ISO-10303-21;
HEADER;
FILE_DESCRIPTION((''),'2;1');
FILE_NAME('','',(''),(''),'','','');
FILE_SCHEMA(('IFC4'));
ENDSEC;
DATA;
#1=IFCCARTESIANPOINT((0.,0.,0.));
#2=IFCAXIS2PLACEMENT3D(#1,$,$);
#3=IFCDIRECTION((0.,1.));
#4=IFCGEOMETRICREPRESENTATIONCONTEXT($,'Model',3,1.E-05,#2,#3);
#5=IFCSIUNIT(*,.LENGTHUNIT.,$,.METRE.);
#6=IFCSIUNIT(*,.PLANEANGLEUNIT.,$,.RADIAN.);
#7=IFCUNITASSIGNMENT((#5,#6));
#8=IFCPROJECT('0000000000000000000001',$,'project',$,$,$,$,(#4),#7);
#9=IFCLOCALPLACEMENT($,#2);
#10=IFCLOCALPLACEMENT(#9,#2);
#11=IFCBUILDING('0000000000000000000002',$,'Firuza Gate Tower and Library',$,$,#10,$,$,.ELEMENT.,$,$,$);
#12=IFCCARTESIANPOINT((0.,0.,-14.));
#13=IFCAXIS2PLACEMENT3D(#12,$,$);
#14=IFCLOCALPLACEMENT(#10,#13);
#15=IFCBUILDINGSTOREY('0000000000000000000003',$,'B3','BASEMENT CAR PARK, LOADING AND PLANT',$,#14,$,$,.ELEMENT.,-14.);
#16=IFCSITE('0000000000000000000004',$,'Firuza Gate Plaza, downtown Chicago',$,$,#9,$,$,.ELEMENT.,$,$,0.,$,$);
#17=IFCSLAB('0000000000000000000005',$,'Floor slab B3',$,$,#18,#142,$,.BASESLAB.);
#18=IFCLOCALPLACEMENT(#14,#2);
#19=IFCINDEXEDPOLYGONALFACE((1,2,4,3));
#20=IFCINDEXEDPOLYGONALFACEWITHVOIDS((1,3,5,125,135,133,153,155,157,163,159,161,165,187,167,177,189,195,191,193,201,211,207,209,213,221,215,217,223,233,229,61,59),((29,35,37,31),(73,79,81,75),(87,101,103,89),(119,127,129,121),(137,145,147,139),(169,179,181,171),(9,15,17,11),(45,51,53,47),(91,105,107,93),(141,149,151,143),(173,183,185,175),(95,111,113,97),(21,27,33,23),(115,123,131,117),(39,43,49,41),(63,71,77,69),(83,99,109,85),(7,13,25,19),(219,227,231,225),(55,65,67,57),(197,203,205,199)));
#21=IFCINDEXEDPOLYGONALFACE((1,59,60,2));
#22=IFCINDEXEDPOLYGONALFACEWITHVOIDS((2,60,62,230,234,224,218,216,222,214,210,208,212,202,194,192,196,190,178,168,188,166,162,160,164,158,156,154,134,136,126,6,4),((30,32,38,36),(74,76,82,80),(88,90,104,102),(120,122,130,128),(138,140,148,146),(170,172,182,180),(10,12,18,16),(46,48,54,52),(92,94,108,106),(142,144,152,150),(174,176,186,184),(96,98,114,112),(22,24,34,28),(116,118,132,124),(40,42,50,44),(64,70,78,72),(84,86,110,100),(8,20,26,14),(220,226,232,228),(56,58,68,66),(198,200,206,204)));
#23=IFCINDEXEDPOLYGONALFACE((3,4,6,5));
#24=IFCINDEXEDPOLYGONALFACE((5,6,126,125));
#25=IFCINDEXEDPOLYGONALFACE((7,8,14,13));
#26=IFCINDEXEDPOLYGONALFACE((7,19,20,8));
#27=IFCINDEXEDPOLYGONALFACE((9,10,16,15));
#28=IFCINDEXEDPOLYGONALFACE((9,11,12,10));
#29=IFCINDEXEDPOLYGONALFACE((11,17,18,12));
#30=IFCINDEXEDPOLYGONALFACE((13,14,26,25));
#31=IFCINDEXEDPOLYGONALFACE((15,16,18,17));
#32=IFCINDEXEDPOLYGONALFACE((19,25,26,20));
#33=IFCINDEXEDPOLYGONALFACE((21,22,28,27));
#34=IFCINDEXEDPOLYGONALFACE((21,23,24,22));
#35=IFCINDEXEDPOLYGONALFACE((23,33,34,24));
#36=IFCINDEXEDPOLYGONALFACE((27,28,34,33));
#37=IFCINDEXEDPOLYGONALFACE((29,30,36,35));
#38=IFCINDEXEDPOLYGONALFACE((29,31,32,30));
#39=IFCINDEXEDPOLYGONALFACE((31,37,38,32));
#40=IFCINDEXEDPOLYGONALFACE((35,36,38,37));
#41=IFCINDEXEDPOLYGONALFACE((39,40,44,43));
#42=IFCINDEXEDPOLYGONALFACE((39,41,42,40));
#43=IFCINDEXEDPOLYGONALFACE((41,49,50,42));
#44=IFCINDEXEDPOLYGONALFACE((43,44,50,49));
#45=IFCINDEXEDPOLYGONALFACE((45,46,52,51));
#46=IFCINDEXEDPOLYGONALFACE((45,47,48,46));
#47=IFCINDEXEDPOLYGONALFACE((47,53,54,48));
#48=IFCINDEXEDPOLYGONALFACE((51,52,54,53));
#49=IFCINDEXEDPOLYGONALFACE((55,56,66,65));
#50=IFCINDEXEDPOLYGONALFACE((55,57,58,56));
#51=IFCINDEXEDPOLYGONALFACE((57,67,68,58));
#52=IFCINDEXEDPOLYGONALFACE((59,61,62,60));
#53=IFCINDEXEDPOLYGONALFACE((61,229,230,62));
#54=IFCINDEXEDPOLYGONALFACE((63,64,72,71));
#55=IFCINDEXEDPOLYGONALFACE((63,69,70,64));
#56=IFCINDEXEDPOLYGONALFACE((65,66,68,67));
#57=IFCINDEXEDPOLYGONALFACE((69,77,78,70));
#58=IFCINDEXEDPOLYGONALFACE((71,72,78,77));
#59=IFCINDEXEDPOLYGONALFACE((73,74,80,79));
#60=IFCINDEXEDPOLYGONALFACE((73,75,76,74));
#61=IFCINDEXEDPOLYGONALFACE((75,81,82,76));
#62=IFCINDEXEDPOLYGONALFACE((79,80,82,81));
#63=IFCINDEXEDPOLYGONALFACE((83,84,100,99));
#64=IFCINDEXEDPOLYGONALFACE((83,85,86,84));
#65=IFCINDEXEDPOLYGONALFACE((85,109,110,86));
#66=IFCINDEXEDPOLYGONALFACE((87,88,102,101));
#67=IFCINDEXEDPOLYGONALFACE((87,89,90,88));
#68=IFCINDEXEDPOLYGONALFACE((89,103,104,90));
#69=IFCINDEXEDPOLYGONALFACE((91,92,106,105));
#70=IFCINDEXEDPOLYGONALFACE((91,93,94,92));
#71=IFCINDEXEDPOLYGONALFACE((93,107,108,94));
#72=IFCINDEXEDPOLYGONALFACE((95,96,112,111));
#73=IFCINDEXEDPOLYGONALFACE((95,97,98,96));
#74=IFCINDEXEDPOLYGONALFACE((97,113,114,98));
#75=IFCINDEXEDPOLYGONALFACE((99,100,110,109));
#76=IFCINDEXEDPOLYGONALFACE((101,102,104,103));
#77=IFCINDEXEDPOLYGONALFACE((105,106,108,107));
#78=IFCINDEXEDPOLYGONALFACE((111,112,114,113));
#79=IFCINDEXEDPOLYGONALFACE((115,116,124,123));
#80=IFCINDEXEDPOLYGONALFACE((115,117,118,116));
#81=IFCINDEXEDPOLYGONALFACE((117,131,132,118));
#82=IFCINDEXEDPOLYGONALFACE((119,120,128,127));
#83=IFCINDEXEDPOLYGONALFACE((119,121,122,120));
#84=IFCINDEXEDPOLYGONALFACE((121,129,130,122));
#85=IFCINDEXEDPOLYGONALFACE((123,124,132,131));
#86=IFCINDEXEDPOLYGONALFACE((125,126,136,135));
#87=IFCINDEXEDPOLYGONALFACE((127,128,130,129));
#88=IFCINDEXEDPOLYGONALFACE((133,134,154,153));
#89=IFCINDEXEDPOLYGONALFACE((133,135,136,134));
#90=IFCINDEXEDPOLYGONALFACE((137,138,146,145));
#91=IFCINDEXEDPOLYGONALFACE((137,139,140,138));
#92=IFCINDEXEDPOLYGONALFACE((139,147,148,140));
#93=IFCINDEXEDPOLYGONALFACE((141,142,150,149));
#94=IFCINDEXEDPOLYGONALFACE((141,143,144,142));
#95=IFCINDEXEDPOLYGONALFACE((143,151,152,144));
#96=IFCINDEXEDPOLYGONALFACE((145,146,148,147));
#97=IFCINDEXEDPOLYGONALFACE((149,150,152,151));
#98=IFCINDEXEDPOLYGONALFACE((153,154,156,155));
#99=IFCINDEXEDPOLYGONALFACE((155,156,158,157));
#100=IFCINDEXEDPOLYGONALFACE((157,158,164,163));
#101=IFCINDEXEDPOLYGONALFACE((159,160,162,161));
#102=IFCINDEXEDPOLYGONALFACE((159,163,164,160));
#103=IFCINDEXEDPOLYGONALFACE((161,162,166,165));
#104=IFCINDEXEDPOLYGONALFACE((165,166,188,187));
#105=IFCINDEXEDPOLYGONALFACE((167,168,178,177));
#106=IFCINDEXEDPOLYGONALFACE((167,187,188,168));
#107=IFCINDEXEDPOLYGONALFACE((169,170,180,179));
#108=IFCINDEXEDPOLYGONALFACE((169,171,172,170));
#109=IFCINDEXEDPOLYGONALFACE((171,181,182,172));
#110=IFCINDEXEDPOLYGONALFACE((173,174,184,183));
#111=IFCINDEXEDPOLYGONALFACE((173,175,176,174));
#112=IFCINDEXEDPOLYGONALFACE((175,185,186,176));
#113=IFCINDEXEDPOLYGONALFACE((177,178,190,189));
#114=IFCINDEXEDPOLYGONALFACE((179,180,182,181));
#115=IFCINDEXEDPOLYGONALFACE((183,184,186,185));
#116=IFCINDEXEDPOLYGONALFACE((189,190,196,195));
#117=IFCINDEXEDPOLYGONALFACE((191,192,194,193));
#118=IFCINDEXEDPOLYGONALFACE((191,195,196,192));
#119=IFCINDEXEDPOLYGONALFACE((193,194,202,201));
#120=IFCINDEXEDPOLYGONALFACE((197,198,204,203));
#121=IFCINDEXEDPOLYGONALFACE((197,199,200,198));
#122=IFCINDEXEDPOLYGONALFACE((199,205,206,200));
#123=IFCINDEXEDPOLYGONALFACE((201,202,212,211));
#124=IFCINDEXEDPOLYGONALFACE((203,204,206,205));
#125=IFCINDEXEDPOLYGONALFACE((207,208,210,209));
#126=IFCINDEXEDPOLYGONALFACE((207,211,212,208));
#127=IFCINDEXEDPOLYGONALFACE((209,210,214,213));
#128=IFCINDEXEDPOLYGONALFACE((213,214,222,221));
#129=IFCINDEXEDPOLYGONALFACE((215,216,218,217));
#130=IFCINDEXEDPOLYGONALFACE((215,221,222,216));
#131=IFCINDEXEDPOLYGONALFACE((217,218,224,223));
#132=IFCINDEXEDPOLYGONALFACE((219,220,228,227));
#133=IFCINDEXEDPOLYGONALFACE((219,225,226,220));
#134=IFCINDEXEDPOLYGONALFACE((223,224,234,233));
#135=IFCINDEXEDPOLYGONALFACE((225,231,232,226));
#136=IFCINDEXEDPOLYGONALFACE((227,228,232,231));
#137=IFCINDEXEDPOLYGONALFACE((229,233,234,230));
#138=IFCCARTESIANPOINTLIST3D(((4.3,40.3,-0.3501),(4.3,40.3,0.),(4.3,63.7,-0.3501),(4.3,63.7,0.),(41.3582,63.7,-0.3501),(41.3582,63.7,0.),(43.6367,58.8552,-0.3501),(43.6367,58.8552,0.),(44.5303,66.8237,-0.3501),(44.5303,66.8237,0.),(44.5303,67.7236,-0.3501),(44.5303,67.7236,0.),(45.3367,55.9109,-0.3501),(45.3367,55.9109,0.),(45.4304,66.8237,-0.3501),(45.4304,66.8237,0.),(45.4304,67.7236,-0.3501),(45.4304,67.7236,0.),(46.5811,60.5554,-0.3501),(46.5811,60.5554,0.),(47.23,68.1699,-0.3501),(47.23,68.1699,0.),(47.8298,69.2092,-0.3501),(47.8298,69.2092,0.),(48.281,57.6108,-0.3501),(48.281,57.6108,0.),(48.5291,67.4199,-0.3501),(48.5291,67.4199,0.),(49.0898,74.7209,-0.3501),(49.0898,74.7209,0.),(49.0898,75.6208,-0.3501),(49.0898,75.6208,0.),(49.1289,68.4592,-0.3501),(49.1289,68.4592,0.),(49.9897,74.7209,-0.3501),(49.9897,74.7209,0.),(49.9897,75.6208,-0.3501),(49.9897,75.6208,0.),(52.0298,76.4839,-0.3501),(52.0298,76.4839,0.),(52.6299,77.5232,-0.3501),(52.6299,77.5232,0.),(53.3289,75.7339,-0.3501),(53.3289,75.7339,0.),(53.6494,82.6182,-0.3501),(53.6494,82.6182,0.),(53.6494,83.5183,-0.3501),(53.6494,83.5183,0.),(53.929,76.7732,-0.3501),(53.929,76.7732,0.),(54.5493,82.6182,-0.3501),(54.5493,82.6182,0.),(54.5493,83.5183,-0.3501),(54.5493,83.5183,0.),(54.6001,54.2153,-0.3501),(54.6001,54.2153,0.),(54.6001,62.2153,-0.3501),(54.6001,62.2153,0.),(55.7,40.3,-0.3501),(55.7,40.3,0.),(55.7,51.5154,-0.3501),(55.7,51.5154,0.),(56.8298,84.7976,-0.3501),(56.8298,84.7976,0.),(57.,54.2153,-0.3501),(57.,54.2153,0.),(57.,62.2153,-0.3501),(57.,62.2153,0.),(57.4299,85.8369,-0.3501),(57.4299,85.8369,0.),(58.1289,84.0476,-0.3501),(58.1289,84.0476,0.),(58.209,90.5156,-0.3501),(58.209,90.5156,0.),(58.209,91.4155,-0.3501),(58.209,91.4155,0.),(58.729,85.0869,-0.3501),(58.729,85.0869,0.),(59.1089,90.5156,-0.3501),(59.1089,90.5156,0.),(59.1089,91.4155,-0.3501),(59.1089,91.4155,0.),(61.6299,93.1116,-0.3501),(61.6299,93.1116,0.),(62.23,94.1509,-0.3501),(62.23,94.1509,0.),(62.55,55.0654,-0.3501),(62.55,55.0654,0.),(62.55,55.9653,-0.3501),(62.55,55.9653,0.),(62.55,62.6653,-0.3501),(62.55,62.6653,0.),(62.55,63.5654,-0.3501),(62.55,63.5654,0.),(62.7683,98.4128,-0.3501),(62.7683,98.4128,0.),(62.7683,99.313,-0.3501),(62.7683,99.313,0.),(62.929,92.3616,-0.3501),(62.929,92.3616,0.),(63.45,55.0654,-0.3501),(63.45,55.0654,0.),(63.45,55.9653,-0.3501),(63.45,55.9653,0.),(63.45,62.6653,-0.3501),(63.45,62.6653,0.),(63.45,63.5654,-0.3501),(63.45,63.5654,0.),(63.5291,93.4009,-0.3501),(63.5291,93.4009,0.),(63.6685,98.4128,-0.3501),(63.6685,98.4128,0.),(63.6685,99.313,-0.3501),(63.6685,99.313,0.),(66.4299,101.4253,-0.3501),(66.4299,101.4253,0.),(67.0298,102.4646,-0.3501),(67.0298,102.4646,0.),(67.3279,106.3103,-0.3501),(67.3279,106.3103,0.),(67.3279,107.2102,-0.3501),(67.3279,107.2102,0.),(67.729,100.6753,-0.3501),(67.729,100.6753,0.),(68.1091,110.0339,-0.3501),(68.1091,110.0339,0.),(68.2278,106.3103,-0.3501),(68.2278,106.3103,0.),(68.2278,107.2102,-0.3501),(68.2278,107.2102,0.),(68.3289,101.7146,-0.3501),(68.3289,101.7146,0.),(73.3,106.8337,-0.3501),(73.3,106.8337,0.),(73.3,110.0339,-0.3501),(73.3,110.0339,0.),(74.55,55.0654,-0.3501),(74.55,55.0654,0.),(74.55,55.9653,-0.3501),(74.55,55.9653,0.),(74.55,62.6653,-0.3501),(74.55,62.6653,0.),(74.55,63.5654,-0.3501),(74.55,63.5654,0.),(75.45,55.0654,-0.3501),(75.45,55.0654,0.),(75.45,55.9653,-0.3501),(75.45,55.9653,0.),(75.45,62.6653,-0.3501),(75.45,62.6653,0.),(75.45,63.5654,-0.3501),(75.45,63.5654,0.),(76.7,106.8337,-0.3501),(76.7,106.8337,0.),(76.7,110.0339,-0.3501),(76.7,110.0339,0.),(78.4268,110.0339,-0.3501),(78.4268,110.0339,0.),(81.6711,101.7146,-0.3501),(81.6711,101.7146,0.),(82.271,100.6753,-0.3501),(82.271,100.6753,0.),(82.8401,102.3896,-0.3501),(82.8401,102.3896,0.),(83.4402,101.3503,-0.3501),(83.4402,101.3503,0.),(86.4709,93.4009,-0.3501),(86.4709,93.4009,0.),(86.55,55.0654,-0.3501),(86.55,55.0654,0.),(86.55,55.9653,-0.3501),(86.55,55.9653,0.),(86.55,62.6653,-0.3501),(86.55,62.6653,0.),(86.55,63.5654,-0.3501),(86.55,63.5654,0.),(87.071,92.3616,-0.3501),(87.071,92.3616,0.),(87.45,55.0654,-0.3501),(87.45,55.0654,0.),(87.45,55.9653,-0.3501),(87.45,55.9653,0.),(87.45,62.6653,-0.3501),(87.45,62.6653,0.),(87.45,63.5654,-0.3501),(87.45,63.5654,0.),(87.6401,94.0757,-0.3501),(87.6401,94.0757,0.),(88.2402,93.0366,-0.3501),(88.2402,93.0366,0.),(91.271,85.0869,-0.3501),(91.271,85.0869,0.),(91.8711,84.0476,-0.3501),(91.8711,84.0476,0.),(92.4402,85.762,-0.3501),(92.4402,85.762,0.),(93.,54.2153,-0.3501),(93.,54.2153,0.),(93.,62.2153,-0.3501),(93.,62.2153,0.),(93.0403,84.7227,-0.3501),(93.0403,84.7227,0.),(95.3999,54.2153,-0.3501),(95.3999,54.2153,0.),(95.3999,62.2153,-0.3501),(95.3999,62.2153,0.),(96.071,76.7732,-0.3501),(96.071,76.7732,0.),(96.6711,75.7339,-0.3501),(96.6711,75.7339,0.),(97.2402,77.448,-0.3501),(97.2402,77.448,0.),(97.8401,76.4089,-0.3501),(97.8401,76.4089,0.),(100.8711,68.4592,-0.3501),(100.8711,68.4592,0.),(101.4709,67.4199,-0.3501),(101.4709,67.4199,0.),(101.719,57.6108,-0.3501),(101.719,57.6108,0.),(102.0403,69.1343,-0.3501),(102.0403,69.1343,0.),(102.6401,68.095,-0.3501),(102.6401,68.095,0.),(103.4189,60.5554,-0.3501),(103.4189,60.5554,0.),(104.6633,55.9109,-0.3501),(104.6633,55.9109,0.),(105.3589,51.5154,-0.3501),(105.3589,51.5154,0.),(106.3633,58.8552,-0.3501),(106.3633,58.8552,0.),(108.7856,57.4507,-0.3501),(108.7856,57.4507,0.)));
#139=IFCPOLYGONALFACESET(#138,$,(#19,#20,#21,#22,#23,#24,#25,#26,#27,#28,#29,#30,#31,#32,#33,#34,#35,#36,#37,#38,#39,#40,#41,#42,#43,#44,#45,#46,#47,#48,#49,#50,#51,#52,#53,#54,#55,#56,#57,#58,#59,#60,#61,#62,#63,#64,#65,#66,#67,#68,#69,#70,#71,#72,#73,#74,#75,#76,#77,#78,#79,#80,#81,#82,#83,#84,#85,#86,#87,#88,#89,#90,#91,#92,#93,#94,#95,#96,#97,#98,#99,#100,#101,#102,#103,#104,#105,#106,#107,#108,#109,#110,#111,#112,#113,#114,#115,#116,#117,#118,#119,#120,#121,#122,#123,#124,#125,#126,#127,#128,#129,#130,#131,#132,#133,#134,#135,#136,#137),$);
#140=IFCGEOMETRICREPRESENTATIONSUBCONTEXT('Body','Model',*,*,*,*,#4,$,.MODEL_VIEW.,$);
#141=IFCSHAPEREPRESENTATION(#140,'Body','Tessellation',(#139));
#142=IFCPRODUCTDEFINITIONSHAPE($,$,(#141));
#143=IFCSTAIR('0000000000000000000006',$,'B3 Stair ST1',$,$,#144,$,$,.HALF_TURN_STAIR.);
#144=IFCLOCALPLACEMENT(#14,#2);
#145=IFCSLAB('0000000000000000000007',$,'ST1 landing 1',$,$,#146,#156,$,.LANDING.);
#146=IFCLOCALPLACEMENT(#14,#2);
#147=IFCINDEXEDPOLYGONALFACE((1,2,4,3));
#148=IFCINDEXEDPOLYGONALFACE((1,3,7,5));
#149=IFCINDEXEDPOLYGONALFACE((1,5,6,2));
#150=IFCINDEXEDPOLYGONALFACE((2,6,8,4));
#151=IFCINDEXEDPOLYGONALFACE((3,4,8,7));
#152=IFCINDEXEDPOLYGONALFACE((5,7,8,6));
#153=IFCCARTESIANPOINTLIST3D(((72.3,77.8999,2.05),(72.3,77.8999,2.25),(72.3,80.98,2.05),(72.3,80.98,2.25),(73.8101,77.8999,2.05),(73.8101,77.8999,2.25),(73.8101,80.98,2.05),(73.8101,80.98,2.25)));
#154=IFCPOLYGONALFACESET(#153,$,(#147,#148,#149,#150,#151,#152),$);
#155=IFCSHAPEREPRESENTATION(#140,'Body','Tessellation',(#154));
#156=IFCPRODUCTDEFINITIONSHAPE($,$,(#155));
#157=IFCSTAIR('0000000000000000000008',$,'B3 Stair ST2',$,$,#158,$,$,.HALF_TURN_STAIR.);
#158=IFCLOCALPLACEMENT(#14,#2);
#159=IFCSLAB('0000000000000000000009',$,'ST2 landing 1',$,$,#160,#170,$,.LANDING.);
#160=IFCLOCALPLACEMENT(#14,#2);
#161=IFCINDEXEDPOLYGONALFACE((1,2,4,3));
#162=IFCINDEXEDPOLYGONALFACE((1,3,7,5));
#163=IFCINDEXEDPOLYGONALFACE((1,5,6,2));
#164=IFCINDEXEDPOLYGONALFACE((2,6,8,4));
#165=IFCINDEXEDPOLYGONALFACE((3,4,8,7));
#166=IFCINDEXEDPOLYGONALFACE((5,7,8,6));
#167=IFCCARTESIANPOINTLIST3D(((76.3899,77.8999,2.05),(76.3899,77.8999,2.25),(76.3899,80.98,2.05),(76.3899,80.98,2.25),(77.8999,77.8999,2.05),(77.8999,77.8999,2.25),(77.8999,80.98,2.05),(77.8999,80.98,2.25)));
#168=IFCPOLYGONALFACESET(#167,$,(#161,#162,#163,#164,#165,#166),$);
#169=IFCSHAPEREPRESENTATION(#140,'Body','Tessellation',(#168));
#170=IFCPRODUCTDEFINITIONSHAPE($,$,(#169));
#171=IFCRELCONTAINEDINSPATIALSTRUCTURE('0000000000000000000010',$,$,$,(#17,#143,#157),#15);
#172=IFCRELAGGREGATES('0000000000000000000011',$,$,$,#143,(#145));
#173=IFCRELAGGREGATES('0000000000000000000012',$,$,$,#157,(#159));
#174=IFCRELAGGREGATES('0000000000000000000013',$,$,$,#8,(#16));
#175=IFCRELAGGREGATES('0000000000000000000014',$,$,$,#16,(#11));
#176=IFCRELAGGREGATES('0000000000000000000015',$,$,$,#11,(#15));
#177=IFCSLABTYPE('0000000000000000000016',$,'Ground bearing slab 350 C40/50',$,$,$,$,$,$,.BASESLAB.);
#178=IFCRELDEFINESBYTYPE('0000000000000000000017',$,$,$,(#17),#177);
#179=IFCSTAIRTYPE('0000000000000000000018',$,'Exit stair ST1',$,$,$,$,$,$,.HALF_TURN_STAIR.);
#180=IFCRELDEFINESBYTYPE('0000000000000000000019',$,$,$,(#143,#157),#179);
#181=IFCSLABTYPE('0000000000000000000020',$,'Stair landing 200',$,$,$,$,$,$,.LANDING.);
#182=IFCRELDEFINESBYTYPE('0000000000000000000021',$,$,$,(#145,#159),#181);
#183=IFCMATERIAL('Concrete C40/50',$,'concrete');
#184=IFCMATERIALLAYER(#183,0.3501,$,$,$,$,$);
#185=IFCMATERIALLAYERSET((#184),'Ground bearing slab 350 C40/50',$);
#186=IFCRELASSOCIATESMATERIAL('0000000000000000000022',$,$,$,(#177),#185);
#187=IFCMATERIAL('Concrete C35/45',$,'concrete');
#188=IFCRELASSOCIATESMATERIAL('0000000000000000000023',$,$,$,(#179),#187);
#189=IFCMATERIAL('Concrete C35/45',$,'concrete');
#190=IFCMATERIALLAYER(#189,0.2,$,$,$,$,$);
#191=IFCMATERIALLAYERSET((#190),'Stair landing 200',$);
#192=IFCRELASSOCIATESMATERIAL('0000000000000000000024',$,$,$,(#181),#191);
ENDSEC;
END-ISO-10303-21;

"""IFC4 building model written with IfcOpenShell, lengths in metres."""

from ifc_helpers import new_model, si_unit, direction, frame, origin, place, context, subcontext, project, spatial, polyline, outline, extrude, material, layer, layer_set, type_object, element, aggregate, save


model = new_model("IFC4")

# Units and contexts
model_context = context("Model", 3, precision=1e-05, world=origin(), true_north=direction((0.0, 1.0)))
body_context = subcontext(model_context, "Body", "Model", "MODEL_VIEW")
ifc_project = project(units=[si_unit("LENGTHUNIT", "METRE"), si_unit("PLANEANGLEUNIT", "RADIAN")], contexts=[model_context])

# Site, building, storey
site_placement = place(None, origin())
site = spatial("IfcSite", under=ifc_project, at=site_placement, Name="Firuza Gate Plaza, downtown Chicago", CompositionType="ELEMENT", RefElevation=0.0)
building_placement = place(site_placement, origin())
building = spatial("IfcBuilding", under=site, at=building_placement, Name="Firuza Gate Tower and Library", CompositionType="ELEMENT")
storey_placement = place(building_placement, frame((0.0, 0.0, -14.0)))
storey = spatial("IfcBuildingStorey", under=building, at=storey_placement, Name="B3", Description="BASEMENT CAR PARK, LOADING AND PLANT", CompositionType="ELEMENT", Elevation=-14.0)

# Slab
ifc_material_1 = material(Name="Concrete C40/50", Category="concrete")
ifc_layer_1 = layer(ifc_material_1, 0.3501)
ifc_layer_set_1 = layer_set([ifc_layer_1], Name="Ground bearing slab 350 C40/50")
slab_type_1 = type_object("IfcSlabType", Name="Ground bearing slab 350 C40/50", PredefinedType="BASESLAB", material=ifc_layer_set_1)
slab_1_placement = place(storey_placement, frame((0.0, 0.0, -0.3501)))
element("IfcSlab", 1, at=slab_1_placement, inside=storey, type_object=slab_type_1, Name="Floor slab B3", PredefinedType="BASESLAB", context=body_context, shape_type="SweptSolid", body=[
    extrude(outline(polyline([(55.7, 40.3), (55.7, 51.5154), (105.3589, 51.5154), (108.7856, 57.4507), (102.6401, 68.095), (101.4709, 67.4199), (100.8711, 68.4592), (102.0403, 69.1343), (97.8401, 76.4089), (96.6711, 75.7339), (96.071, 76.7732), (97.2402, 77.448), (93.0403, 84.7227), (91.8711, 84.0476), (91.271, 85.0869), (92.4402, 85.762), (88.2402, 93.0366), (87.071, 92.3616), (86.4709, 93.4009), (87.6401, 94.0757), (83.4402, 101.3503), (82.271, 100.6753), (81.6711, 101.7146), (82.8401, 102.3896), (78.4268, 110.0339), (76.7, 110.0339), (76.7, 106.8337), (73.3, 106.8337), (73.3, 110.0339), (68.1091, 110.0339), (41.3582, 63.7), (4.3, 63.7), (4.3, 40.3), (55.7, 40.3)]), holes=[polyline([(63.45, 55.0654), (62.55, 55.0654), (62.55, 55.9653), (63.45, 55.9653), (63.45, 55.0654)]), polyline([(54.6001, 62.2153), (57.0, 62.2153), (57.0, 54.2153), (54.6001, 54.2153), (54.6001, 62.2153)]), polyline([(43.6367, 58.8552), (46.5811, 60.5554), (48.281, 57.6108), (45.3367, 55.9109), (43.6367, 58.8552)]), polyline([(63.45, 62.6653), (62.55, 62.6653), (62.55, 63.5654), (63.45, 63.5654), (63.45, 62.6653)]), polyline([(44.5303, 66.8237), (44.5303, 67.7236), (45.4304, 67.7236), (45.4304, 66.8237), (44.5303, 66.8237)]), polyline([(47.8298, 69.2092), (49.1289, 68.4592), (48.5291, 67.4199), (47.23, 68.1699), (47.8298, 69.2092)]), polyline([(49.9897, 74.7209), (49.0898, 74.7209), (49.0898, 75.6208), (49.9897, 75.6208), (49.9897, 74.7209)]), polyline([(52.6299, 77.5232), (53.929, 76.7732), (53.3289, 75.7339), (52.0298, 76.4839), (52.6299, 77.5232)]), polyline([(53.6494, 82.6182), (53.6494, 83.5183), (54.5493, 83.5183), (54.5493, 82.6182), (53.6494, 82.6182)]), polyline([(57.4299, 85.8369), (58.729, 85.0869), (58.1289, 84.0476), (56.8298, 84.7976), (57.4299, 85.8369)]), polyline([(58.209, 90.5156), (58.209, 91.4155), (59.1089, 91.4155), (59.1089, 90.5156), (58.209, 90.5156)]), polyline([(62.23, 94.1509), (63.5291, 93.4009), (62.929, 92.3616), (61.6299, 93.1116), (62.23, 94.1509)]), polyline([(62.7683, 98.4128), (62.7683, 99.313), (63.6685, 99.313), (63.6685, 98.4128), (62.7683, 98.4128)]), polyline([(66.4299, 101.4253), (67.0298, 102.4646), (68.3289, 101.7146), (67.729, 100.6753), (66.4299, 101.4253)]), polyline([(74.55, 55.0654), (74.55, 55.9653), (75.45, 55.9653), (75.45, 55.0654), (74.55, 55.0654)]), polyline([(86.55, 55.0654), (86.55, 55.9653), (87.45, 55.9653), (87.45, 55.0654), (86.55, 55.0654)]), polyline([(93.0, 62.2153), (95.3999, 62.2153), (95.3999, 54.2153), (93.0, 54.2153), (93.0, 62.2153)]), polyline([(104.6633, 55.9109), (101.719, 57.6108), (103.4189, 60.5554), (106.3633, 58.8552), (104.6633, 55.9109)]), polyline([(74.55, 62.6653), (74.55, 63.5654), (75.45, 63.5654), (75.45, 62.6653), (74.55, 62.6653)]), polyline([(86.55, 62.6653), (86.55, 63.5654), (87.45, 63.5654), (87.45, 62.6653), (86.55, 62.6653)]), polyline([(67.3279, 106.3103), (67.3279, 107.2102), (68.2278, 107.2102), (68.2278, 106.3103), (67.3279, 106.3103)])]), origin(), (0.0, 0.0, 1.0), 0.3501),
])

# Stairs, slabs
ifc_material_2 = material(Name="Concrete C35/45", Category="concrete")
stair_type = type_object("IfcStairType", Name="Exit stair ST1", PredefinedType="HALF_TURN_STAIR", material=ifc_material_2)
placement_1 = place(storey_placement, origin())
stair_1 = element("IfcStair", 2, at=placement_1, inside=storey, type_object=stair_type, Name="B3 Stair ST1", PredefinedType="HALF_TURN_STAIR")
ifc_material_3 = material(Name="Concrete C35/45", Category="concrete")
ifc_layer_2 = layer(ifc_material_3, 0.2)
ifc_layer_set_2 = layer_set([ifc_layer_2], Name="Stair landing 200")
slab_type_2 = type_object("IfcSlabType", Name="Stair landing 200", PredefinedType="LANDING", material=ifc_layer_set_2)
placement_2 = place(storey_placement, frame((0.0, 0.0, 2.05)))
slab_2 = element("IfcSlab", 3, at=placement_2, type_object=slab_type_2, Name="ST1 landing 1", PredefinedType="LANDING", context=body_context, shape_type="SweptSolid", body=[
    extrude(outline(polyline([(72.3, 77.8999), (73.8101, 77.8999), (73.8101, 80.98), (72.3, 80.98), (72.3, 77.8999)])), origin(), (0.0, 0.0, 1.0), 0.2),
])
aggregate(stair_1, [slab_2])
stair_2 = element("IfcStair", 4, at=placement_1, inside=storey, type_object=stair_type, Name="B3 Stair ST2", PredefinedType="HALF_TURN_STAIR")
slab_3 = element("IfcSlab", 5, at=placement_2, type_object=slab_type_2, Name="ST2 landing 1", PredefinedType="LANDING", context=body_context, shape_type="SweptSolid", body=[
    extrude(outline(polyline([(77.8999, 80.98), (76.3899, 80.98), (76.3899, 77.8999), (77.8999, 77.8999), (77.8999, 80.98)])), origin(), (0.0, 0.0, 1.0), 0.2),
])
aggregate(stair_2, [slab_3])

save(model, "model.ifc")
